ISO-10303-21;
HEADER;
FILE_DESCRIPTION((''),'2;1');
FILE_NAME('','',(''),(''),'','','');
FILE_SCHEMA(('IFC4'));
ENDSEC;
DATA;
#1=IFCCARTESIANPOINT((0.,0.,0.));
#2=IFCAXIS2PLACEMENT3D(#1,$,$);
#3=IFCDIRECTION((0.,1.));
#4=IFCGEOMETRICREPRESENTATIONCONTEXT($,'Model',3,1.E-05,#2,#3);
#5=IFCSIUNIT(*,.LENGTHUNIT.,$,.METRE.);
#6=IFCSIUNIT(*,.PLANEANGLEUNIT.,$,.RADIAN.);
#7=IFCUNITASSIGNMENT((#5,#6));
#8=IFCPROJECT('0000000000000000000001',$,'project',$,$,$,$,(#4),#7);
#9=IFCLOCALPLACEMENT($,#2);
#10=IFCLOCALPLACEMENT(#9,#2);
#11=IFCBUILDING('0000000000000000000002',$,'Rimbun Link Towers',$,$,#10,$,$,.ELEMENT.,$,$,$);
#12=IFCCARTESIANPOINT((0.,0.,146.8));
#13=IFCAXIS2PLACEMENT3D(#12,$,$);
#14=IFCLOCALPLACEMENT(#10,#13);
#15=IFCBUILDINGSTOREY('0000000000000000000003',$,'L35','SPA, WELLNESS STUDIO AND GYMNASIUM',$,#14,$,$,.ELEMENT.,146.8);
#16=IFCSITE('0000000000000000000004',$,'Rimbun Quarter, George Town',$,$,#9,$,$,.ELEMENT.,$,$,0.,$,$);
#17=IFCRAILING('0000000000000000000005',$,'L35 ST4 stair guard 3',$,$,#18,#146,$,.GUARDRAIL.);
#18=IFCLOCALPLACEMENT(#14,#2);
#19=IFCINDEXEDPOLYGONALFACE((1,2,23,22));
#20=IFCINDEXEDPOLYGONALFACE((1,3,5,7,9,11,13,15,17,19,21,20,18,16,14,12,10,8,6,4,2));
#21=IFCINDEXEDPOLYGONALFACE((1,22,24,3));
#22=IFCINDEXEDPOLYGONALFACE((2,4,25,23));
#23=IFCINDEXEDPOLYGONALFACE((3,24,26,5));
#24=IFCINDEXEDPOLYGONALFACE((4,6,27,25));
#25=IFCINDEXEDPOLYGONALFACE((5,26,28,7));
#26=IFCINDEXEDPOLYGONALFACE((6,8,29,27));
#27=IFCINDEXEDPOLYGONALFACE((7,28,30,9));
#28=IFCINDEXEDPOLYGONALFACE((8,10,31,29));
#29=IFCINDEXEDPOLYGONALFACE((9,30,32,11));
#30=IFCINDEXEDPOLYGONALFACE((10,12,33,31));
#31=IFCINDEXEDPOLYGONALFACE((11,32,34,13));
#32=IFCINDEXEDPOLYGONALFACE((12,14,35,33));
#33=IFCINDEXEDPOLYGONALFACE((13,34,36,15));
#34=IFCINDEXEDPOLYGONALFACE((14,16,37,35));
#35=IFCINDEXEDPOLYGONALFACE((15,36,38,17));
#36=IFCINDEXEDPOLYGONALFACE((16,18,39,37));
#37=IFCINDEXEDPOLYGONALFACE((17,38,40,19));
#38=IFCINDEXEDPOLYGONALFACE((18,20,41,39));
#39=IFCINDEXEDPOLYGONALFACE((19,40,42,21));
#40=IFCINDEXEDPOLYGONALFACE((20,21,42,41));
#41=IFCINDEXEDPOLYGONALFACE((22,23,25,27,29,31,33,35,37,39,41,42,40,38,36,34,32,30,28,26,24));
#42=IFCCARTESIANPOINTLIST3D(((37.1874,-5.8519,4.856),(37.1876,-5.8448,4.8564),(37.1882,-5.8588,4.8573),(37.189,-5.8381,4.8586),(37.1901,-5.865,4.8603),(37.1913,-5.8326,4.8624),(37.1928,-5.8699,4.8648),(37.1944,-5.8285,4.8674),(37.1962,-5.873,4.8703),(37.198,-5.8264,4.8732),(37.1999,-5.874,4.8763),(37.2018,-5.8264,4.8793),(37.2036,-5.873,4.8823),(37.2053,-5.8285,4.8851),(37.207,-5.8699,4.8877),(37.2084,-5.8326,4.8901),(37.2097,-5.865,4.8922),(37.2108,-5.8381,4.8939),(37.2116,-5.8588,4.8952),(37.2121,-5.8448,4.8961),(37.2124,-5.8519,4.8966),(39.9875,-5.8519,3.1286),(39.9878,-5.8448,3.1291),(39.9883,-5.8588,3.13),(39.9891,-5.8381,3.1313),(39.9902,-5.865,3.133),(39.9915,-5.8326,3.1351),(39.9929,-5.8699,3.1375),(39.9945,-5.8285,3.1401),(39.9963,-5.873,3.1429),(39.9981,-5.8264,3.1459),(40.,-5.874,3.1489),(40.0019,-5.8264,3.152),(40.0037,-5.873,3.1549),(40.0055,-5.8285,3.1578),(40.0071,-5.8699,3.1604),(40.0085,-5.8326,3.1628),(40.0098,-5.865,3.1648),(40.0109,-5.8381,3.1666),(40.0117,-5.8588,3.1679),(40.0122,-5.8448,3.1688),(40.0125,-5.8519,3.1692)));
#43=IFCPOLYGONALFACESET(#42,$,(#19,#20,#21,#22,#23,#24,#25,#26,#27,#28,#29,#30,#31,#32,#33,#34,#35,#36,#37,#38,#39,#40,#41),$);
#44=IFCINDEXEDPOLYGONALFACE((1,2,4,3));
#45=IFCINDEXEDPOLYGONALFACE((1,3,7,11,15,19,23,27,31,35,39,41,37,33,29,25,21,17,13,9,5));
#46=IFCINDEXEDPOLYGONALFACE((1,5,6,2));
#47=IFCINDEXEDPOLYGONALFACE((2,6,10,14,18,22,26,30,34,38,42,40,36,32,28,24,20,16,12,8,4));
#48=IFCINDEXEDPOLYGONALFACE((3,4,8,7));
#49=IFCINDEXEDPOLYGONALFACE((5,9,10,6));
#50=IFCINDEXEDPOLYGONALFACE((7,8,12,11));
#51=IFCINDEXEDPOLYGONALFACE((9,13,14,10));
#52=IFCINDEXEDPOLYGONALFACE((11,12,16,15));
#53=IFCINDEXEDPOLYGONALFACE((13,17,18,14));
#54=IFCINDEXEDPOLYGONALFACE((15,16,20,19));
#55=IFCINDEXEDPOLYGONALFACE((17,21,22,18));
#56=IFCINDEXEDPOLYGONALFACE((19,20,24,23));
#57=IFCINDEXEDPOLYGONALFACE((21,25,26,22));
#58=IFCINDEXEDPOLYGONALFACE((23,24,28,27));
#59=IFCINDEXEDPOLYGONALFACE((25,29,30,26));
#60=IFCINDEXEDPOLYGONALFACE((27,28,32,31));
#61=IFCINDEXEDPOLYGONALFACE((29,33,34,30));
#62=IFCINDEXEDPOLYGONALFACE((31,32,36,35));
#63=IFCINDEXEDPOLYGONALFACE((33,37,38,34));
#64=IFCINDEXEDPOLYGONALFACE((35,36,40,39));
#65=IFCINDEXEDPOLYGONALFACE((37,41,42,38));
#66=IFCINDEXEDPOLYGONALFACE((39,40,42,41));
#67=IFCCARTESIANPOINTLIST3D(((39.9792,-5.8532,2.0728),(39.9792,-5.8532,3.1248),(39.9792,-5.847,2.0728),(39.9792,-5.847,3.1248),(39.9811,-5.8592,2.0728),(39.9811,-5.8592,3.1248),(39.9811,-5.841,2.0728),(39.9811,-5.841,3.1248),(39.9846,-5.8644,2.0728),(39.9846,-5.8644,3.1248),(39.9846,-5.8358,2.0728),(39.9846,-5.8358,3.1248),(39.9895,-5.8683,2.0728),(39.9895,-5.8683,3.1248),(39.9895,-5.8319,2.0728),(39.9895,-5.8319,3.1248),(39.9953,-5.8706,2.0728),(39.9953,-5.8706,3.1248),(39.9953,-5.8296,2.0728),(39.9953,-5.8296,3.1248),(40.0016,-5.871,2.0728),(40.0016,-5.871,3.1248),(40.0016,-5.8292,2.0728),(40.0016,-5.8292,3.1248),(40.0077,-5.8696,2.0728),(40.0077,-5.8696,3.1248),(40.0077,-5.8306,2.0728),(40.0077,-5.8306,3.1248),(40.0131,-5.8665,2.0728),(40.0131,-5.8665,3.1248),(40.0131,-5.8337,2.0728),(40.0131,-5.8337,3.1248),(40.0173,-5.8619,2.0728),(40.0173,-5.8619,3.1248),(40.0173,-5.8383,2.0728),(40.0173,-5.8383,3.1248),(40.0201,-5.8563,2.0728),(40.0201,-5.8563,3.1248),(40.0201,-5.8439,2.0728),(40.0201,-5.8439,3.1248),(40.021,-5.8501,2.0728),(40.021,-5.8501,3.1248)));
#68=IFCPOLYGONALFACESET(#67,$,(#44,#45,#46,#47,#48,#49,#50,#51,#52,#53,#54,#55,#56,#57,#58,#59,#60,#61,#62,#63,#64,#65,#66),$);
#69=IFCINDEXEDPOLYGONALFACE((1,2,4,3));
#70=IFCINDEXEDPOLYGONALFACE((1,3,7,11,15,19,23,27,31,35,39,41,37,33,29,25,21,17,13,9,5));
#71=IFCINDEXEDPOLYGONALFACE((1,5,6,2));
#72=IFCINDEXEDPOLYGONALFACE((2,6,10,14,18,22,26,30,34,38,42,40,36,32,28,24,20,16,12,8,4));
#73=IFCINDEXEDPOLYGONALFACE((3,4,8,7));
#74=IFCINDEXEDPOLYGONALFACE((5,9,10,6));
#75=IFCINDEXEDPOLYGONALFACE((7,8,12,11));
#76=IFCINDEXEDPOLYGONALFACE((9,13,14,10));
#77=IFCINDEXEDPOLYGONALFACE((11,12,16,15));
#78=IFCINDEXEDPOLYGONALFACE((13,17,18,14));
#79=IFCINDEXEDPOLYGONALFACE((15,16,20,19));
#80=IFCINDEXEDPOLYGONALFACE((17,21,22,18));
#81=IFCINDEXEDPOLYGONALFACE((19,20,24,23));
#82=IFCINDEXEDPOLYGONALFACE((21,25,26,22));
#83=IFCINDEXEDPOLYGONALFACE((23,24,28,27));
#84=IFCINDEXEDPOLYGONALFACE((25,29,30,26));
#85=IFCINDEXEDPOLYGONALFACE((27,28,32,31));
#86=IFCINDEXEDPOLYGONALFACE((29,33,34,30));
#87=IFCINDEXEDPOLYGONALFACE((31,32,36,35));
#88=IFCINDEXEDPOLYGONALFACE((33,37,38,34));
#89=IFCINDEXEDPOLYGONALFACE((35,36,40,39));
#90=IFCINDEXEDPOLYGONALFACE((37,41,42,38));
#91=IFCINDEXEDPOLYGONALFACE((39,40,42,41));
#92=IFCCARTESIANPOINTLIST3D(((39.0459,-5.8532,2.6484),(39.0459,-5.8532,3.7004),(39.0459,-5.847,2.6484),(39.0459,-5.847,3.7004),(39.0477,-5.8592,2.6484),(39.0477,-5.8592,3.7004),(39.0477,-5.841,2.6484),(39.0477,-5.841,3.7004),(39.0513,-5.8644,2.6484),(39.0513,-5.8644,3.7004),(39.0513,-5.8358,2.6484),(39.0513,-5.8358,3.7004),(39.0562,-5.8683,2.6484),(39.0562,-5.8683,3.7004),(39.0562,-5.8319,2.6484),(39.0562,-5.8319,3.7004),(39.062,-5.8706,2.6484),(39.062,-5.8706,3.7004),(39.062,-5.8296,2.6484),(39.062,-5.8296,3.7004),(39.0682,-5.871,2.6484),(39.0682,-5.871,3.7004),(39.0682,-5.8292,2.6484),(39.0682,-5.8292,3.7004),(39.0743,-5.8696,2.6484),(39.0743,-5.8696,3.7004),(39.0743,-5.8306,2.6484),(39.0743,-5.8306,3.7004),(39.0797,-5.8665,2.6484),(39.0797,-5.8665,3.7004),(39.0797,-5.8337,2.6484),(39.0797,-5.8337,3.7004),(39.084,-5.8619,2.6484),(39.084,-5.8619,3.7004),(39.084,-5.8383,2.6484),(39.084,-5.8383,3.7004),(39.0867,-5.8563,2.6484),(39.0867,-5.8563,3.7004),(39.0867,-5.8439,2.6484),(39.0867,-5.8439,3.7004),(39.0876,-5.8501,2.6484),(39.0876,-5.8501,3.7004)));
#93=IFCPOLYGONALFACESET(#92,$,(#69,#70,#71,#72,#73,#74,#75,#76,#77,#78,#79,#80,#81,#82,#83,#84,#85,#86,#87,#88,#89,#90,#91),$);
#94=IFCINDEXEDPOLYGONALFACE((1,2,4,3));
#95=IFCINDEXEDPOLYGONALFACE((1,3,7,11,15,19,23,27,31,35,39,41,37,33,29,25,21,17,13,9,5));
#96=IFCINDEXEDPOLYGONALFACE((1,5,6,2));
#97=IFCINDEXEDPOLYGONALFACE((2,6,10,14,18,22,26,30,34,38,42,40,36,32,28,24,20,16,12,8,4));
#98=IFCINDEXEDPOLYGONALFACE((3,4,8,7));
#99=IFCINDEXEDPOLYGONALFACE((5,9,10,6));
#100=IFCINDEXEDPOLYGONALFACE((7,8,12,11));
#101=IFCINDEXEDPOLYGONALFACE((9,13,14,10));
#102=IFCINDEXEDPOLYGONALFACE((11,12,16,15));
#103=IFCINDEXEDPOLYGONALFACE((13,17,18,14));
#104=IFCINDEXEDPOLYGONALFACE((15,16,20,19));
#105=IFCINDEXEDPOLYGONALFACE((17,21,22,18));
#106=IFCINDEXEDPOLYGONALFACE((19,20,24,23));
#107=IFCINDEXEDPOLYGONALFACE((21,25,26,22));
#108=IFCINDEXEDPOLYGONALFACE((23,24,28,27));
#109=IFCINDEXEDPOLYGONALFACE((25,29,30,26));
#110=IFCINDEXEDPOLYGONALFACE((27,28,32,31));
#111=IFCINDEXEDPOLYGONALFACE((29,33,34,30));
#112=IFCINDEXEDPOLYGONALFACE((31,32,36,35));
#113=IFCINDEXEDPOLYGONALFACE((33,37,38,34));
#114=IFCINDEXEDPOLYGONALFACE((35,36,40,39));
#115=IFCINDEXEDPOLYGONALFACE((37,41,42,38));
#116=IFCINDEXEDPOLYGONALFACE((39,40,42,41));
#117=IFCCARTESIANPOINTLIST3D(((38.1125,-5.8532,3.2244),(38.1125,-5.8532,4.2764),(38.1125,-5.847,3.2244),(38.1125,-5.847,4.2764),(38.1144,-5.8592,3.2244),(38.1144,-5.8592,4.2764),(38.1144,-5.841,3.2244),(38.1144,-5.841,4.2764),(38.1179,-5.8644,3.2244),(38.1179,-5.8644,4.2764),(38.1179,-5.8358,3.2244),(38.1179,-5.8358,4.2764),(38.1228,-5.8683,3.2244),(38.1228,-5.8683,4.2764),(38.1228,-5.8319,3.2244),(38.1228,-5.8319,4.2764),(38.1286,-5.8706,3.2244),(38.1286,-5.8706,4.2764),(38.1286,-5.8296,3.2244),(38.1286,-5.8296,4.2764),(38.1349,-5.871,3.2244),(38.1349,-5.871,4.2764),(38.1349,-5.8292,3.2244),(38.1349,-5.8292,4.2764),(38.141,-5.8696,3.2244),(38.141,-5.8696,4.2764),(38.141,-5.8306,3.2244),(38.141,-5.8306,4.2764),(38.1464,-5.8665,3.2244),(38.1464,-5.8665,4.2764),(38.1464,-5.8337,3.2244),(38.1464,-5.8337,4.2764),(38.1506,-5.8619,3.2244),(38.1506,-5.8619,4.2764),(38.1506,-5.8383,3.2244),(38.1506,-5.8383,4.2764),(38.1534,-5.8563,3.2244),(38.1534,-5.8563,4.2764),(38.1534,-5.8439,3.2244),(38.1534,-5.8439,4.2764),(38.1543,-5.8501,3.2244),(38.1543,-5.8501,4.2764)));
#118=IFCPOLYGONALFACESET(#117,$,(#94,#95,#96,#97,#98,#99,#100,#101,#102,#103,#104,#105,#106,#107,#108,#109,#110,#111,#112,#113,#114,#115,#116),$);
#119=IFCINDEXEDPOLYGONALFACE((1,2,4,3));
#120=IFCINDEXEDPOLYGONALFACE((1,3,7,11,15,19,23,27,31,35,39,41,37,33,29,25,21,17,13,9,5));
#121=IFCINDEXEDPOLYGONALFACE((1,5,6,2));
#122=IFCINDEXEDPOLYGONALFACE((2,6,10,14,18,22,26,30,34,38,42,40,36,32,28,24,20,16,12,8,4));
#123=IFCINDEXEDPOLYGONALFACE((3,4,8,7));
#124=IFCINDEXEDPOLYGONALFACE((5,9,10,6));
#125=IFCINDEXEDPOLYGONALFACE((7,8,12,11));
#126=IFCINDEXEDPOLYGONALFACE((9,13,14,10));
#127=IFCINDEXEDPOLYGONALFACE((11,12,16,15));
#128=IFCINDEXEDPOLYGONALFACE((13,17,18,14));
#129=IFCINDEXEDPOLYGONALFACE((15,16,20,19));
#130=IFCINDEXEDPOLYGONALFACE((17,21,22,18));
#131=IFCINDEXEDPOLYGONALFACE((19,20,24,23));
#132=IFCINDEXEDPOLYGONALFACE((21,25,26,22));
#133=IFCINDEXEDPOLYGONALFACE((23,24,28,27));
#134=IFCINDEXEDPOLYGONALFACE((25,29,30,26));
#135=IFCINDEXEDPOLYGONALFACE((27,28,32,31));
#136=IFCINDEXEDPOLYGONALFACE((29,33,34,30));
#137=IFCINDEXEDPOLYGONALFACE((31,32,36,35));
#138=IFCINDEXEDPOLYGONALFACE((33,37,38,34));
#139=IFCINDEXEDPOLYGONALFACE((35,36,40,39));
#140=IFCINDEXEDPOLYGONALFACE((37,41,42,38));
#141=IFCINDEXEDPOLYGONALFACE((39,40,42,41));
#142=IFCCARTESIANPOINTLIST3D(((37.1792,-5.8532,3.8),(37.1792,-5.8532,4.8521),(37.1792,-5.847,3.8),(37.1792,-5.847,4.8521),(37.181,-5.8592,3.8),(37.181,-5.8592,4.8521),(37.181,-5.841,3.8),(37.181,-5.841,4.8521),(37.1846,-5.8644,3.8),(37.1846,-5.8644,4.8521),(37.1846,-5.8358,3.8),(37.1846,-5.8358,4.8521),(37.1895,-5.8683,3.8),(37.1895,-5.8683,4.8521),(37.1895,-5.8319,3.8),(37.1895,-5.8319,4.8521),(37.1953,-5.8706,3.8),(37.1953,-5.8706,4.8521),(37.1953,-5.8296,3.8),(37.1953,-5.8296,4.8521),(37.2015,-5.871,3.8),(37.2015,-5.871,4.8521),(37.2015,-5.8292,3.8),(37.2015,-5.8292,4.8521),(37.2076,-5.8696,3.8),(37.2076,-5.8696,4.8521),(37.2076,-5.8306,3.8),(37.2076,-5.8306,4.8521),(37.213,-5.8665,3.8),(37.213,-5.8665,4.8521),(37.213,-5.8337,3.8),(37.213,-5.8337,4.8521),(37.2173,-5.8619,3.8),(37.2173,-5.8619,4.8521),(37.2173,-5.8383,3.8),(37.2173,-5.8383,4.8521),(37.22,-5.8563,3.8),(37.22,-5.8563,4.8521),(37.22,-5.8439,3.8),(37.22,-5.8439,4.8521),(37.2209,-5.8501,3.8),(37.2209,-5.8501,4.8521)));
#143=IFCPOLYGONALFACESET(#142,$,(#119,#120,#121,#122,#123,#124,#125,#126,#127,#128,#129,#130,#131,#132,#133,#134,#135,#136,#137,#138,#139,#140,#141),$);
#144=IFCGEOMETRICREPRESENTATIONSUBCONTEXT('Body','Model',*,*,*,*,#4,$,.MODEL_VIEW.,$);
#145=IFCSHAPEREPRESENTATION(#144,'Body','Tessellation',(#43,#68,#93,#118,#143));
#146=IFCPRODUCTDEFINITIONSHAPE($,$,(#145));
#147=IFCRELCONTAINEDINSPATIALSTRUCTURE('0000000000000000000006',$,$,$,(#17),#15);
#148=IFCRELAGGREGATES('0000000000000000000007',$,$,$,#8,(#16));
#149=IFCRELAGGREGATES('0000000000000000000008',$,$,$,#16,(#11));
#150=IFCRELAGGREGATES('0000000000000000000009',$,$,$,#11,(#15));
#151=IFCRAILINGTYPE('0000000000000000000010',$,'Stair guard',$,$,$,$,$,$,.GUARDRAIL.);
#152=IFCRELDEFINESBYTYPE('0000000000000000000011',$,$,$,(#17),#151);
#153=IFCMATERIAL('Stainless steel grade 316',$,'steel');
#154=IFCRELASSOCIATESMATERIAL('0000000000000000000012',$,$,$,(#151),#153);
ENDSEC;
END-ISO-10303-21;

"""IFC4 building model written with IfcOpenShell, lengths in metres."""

from ifc_helpers import new_model, si_unit, direction, frame, origin, origin_2d, place, context, subcontext, project, spatial, circle, extrude, material, type_object, element, save


model = new_model("IFC4")

# Units and contexts
model_context = context("Model", 3, precision=1e-05, world=origin(), true_north=direction((0.0, 1.0)))
body_context = subcontext(model_context, "Body", "Model", "MODEL_VIEW")
ifc_project = project(units=[si_unit("LENGTHUNIT", "METRE"), si_unit("PLANEANGLEUNIT", "RADIAN")], contexts=[model_context])

# Site, building, storey
site_placement = place(None, origin())
site = spatial("IfcSite", under=ifc_project, at=site_placement, Name="Rimbun Quarter, George Town", CompositionType="ELEMENT", RefElevation=0.0)
building_placement = place(site_placement, origin())
building = spatial("IfcBuilding", under=site, at=building_placement, Name="Rimbun Link Towers", CompositionType="ELEMENT")
storey_placement = place(building_placement, frame((0.0, 0.0, 146.8)))
storey = spatial("IfcBuildingStorey", under=building, at=storey_placement, Name="L35", Description="SPA, WELLNESS STUDIO AND GYMNASIUM", CompositionType="ELEMENT", Elevation=146.8)

# Railing
ifc_material_1 = material(Name="Stainless steel grade 316", Category="steel")
railing_type_1 = type_object("IfcRailingType", Name="Stair guard", PredefinedType="GUARDRAIL", material=ifc_material_1)
railing_1_placement = place(storey_placement, frame((40.0, -5.8501, 2.0728)))
element("IfcRailing", 1, at=railing_1_placement, inside=storey, type_object=railing_type_1, Name="L35 ST4 stair guard 3", PredefinedType="GUARDRAIL", context=body_context, shape_type="SweptSolid", body=[
    extrude(circle(Radius=0.0239, at=origin_2d()), frame((0.0, 0.0, 1.0762), z_axis=(-0.85109, 0.0, 0.52502), x_axis=(0.0, -1.0, 0.0)), (0.0, 0.0, 1.0), 3.29),
    extrude(circle(Radius=0.021, at=origin_2d()), origin(), (0.0, 0.0, 1.0), 1.052),
    extrude(circle(Radius=0.021, at=origin_2d()), frame((-0.9333, 0.0, 0.5757)), (0.0, 0.0, 1.0), 1.052),
    extrude(circle(Radius=0.021, at=origin_2d()), frame((-1.8667, 0.0, 1.1516)), (0.0, 0.0, 1.0), 1.052),
    extrude(circle(Radius=0.021, at=origin_2d()), frame((-2.8, 0.0, 1.7273)), (0.0, 0.0, 1.0), 1.052),
])

save(model, "model.ifc")
